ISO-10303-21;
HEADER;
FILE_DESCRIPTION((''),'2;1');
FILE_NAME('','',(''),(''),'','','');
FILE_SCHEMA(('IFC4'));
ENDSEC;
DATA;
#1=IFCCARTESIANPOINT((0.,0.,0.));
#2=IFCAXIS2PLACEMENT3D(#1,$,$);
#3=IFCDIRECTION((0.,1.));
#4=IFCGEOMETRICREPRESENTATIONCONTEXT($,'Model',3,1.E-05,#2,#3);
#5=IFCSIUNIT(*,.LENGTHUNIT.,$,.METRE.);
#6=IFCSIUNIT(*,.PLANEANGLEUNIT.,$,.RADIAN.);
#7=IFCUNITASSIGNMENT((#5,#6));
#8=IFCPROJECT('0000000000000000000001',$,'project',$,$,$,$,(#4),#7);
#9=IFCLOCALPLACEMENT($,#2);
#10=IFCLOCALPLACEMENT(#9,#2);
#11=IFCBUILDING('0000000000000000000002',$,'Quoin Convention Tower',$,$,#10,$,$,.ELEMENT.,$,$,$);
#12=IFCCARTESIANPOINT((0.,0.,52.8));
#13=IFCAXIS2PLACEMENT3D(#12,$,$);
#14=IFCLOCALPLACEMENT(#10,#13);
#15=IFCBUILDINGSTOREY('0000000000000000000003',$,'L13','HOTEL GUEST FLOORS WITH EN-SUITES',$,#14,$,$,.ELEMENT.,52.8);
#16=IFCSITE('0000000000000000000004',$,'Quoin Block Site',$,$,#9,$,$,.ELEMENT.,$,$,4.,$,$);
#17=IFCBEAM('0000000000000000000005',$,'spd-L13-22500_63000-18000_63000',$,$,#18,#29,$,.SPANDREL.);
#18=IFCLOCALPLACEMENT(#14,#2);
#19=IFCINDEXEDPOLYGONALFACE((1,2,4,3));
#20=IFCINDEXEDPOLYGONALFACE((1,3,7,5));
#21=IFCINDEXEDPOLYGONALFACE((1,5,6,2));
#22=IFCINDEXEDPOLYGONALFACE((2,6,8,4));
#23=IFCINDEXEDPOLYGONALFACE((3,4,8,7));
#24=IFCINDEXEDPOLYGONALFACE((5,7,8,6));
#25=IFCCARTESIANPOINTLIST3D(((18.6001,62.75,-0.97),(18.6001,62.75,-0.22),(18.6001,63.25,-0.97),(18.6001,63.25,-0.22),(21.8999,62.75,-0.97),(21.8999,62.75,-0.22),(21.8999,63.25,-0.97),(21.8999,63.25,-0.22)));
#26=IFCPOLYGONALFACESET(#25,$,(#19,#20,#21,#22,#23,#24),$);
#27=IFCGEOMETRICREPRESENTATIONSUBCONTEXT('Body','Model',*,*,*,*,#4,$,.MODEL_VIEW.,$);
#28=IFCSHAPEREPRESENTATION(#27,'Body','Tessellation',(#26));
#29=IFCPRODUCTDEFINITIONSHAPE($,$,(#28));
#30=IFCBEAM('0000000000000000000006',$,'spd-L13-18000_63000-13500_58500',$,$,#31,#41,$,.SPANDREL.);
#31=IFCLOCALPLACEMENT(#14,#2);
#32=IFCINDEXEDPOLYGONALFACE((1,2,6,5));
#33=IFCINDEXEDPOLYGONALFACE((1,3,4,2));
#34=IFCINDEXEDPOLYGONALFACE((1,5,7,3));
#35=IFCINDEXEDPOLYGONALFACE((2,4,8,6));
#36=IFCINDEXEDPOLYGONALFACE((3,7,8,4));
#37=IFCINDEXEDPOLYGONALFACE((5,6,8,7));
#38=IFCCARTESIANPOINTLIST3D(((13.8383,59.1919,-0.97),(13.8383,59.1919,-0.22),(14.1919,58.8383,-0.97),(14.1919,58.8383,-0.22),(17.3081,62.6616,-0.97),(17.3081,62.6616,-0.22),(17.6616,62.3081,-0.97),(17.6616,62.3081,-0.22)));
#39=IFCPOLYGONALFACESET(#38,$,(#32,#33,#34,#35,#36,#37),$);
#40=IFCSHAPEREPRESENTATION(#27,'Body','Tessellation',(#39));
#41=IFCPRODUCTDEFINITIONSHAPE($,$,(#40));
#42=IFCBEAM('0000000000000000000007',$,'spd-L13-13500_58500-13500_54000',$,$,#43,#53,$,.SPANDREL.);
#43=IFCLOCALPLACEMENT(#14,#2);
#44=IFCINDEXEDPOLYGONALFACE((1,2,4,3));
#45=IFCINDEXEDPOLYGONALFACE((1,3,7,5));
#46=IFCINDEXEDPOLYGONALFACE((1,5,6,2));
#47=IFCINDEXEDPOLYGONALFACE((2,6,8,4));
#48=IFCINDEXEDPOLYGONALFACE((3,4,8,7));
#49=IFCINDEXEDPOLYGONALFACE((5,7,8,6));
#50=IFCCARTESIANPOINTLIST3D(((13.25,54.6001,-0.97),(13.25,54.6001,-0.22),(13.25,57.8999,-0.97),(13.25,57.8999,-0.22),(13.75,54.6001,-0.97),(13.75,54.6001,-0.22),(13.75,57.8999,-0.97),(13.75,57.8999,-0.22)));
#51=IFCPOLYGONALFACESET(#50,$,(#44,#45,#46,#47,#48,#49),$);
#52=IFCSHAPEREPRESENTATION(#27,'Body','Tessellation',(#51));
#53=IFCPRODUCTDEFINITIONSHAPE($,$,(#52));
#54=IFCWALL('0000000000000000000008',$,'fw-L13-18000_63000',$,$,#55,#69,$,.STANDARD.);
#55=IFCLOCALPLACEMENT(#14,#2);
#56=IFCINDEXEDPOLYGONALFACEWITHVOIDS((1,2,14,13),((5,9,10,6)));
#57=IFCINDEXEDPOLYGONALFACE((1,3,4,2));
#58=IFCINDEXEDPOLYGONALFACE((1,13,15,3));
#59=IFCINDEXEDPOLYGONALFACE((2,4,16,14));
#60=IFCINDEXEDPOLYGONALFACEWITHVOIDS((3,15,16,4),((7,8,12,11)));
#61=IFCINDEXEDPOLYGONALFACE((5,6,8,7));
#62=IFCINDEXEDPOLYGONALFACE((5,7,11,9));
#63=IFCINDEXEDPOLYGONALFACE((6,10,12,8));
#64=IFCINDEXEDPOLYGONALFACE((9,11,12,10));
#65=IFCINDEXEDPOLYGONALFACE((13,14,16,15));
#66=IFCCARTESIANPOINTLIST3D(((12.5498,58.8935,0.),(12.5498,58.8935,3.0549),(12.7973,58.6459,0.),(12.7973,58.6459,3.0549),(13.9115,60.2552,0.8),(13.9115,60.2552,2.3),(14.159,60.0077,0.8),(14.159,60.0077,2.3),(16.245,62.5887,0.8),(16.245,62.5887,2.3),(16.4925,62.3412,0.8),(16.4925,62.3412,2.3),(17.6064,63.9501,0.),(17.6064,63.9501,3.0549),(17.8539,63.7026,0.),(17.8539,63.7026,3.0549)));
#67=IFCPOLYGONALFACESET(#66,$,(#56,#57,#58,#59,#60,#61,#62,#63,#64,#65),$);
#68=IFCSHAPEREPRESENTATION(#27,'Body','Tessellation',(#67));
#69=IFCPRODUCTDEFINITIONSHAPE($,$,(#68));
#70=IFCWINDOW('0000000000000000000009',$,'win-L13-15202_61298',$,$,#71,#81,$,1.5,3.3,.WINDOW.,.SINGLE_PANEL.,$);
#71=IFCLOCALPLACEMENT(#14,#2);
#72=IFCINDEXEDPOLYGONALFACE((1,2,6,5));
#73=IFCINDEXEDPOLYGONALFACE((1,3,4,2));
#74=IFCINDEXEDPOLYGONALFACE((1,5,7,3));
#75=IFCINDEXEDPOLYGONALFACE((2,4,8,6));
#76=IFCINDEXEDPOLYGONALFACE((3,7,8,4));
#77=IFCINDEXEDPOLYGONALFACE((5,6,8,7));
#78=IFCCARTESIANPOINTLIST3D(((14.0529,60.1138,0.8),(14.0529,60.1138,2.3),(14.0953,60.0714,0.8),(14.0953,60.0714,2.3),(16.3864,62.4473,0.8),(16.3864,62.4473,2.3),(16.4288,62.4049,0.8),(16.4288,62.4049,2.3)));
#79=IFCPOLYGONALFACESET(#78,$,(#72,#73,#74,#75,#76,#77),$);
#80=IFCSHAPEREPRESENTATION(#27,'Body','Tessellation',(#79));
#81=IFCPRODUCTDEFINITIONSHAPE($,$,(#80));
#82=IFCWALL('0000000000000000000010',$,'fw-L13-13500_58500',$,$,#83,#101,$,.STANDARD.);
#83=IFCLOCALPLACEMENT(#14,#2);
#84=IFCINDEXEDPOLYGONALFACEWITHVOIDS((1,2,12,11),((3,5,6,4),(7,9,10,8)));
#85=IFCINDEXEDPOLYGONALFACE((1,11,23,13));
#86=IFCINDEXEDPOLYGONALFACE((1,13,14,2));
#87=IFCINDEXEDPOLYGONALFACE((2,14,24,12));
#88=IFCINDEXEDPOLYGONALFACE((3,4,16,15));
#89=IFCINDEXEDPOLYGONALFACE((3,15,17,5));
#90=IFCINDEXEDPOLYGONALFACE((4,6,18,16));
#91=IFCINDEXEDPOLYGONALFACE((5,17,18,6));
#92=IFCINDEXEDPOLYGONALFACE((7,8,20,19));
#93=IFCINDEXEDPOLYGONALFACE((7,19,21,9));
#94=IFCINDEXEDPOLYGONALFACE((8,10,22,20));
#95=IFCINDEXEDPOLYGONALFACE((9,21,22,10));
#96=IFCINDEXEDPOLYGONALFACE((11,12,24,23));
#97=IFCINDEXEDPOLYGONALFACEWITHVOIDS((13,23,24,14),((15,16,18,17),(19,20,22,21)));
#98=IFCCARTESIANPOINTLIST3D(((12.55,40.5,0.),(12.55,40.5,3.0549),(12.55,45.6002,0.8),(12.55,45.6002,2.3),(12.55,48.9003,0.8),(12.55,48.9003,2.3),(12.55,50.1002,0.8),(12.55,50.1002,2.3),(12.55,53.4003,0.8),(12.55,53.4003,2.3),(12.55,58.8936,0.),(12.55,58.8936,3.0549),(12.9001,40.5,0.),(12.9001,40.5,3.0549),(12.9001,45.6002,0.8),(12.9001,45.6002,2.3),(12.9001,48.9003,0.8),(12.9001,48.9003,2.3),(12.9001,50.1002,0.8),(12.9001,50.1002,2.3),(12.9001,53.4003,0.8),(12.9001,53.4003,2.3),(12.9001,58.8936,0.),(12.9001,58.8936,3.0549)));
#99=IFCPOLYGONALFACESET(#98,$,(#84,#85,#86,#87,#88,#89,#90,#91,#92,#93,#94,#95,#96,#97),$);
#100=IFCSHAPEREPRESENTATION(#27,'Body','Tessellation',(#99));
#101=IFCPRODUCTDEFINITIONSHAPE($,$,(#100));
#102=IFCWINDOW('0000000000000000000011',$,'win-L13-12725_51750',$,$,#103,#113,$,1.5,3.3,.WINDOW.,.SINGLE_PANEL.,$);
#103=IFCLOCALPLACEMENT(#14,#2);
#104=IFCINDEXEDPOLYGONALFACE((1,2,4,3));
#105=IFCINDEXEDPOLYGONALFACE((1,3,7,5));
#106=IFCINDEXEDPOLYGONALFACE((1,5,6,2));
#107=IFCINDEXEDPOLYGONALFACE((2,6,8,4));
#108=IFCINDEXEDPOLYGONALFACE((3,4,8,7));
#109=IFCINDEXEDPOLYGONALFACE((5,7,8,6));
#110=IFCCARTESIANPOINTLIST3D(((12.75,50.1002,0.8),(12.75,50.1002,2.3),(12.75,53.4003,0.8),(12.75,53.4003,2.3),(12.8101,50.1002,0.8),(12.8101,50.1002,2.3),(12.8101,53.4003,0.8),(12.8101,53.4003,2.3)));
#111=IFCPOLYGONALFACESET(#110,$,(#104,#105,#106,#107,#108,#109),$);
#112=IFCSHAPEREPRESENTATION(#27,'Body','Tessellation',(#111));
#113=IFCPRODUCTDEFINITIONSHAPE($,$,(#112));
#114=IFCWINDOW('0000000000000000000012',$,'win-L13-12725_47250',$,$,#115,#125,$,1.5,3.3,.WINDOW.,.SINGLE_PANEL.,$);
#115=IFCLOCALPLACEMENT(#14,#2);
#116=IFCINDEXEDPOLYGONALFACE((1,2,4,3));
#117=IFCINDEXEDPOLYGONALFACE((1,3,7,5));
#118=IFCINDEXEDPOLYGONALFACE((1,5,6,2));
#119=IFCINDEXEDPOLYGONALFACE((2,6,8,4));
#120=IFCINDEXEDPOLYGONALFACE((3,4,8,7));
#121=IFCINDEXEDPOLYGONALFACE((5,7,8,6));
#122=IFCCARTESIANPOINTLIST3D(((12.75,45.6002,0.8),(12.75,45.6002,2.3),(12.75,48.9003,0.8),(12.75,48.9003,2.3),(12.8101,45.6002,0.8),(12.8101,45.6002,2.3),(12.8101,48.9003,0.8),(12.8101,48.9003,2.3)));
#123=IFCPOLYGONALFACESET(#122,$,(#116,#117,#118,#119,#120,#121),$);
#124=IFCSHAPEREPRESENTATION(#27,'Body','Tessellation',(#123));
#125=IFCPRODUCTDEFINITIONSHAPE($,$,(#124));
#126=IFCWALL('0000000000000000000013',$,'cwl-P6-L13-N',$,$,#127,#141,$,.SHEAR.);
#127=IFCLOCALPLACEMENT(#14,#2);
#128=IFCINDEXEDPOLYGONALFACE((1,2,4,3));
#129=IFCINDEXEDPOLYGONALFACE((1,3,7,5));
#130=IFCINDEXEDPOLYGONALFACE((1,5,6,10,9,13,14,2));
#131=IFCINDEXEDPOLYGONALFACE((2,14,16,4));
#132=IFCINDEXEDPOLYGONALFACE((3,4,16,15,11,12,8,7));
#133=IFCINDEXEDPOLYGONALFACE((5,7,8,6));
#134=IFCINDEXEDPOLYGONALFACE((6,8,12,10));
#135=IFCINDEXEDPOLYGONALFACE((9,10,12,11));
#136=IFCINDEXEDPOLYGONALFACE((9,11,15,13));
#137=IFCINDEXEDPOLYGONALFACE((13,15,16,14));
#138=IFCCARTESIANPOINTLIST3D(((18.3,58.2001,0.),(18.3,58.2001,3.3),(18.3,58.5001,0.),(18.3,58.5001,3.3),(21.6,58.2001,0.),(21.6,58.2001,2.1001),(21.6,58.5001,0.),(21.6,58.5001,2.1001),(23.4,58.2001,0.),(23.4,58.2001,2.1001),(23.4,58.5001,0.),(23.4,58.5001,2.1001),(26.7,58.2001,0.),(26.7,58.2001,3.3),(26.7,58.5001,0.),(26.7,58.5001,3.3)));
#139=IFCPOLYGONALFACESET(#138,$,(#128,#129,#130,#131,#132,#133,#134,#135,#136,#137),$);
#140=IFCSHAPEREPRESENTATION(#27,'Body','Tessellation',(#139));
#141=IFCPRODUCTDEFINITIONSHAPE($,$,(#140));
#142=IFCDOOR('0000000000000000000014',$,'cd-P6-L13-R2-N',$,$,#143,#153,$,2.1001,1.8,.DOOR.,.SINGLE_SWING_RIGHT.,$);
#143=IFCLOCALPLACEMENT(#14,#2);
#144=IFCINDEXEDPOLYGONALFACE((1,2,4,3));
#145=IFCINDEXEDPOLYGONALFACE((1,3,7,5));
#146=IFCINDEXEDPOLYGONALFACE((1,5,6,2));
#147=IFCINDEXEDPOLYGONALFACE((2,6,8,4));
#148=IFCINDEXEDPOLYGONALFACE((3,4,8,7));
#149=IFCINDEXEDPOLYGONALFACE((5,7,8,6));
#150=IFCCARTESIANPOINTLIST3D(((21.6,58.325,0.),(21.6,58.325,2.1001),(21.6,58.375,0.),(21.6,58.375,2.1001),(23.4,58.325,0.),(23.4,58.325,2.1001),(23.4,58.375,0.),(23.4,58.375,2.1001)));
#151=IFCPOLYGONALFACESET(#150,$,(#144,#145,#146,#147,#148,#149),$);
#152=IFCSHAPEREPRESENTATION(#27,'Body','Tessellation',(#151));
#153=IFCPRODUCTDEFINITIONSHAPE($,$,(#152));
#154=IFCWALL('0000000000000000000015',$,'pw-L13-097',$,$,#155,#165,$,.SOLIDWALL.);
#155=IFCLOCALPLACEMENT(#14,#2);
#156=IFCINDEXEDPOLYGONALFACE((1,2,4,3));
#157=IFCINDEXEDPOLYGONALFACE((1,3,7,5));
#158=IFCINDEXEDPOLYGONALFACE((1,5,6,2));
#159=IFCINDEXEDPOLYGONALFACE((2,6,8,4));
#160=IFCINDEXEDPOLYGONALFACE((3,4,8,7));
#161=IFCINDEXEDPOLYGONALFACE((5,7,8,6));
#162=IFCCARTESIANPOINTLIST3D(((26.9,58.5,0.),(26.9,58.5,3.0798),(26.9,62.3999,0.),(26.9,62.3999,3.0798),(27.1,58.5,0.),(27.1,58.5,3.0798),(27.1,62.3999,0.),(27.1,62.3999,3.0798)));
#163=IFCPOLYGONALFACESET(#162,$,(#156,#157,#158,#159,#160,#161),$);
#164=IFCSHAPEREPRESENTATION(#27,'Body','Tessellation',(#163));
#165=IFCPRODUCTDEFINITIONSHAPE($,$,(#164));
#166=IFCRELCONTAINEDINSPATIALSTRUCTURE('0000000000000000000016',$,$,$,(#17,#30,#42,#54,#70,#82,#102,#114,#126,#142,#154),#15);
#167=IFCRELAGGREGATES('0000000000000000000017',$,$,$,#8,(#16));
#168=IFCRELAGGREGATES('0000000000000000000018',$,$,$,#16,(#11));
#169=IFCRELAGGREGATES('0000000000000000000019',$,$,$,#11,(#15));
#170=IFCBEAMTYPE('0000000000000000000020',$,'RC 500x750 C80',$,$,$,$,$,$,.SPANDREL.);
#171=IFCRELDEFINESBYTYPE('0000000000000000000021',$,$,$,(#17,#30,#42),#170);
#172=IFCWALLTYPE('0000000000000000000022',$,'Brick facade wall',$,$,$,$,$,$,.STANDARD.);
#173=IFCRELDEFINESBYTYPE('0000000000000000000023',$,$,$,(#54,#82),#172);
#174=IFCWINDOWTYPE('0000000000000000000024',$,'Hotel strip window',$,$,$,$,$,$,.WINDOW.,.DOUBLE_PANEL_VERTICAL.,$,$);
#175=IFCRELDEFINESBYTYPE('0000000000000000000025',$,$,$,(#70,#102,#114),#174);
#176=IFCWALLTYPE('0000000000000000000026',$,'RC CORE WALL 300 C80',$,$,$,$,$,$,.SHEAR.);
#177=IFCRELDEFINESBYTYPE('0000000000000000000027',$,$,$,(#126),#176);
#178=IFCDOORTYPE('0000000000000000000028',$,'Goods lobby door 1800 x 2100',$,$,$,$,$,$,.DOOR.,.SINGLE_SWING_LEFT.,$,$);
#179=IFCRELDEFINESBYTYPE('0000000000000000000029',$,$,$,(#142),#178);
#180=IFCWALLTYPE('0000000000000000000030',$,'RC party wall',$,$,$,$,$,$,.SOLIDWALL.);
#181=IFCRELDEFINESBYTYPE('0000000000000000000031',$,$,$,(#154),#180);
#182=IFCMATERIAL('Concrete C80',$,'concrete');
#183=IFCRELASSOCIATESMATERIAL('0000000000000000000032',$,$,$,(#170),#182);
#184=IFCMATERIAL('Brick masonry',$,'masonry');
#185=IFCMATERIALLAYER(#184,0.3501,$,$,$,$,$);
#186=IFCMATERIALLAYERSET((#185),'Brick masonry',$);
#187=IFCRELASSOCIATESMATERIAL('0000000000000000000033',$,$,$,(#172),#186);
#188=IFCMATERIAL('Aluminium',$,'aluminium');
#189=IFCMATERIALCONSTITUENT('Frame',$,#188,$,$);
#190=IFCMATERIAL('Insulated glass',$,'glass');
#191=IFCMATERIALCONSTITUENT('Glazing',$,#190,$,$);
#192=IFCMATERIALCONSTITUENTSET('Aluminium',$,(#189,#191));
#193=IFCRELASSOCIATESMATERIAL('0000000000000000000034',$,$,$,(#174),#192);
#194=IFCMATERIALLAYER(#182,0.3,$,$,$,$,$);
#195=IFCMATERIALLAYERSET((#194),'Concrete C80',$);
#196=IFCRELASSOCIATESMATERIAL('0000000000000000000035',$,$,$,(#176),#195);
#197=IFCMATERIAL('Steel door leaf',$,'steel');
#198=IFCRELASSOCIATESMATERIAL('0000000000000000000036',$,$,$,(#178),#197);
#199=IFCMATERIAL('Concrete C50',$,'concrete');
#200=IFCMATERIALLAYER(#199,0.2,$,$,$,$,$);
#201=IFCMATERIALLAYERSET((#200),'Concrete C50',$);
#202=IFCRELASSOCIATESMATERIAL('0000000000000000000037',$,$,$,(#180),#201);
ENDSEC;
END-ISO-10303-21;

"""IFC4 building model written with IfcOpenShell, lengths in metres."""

from ifc_helpers import new_model, si_unit, direction, frame, frame_2d, origin, origin_2d, place, context, subcontext, project, spatial, rectangle, extrude, material, layer, layer_set, constituent, constituent_set, material_profile, profile_set, type_object, element, fill, save


model = new_model("IFC4")

# Units and contexts
model_context = context("Model", 3, precision=1e-05, world=origin(), true_north=direction((0.0, 1.0)))
body_context = subcontext(model_context, "Body", "Model", "MODEL_VIEW")
ifc_project = project(units=[si_unit("LENGTHUNIT", "METRE"), si_unit("PLANEANGLEUNIT", "RADIAN")], contexts=[model_context])

# Site, building, storey
site_placement = place(None, origin())
site = spatial("IfcSite", under=ifc_project, at=site_placement, Name="Quoin Block Site", CompositionType="ELEMENT", RefElevation=4.0)
building_placement = place(site_placement, origin())
building = spatial("IfcBuilding", under=site, at=building_placement, Name="Quoin Convention Tower", CompositionType="ELEMENT")
storey_placement = place(building_placement, frame((0.0, 0.0, 52.8)))
storey = spatial("IfcBuildingStorey", under=building, at=storey_placement, Name="L13", Description="HOTEL GUEST FLOORS WITH EN-SUITES", CompositionType="ELEMENT", Elevation=52.8)

# Shared definitions
ifc_material_1 = material(Name="Concrete C80", Category="concrete")

# Beams
ifc_material_profile_1 = material_profile(ifc_material_1, rectangle(XDim=0.5, YDim=0.75, at=origin_2d()), Name="RC 500x750")
ifc_profile_set_1 = profile_set([ifc_material_profile_1], Name="Concrete C80")
beam_type = type_object("IfcBeamType", Name="RC 500x750 C80", PredefinedType="SPANDREL", material=ifc_profile_set_1)
for number, where, z_axis, x_axis, name in (
    (1, (21.8999, 63.0, -0.595), (-1.0, 0.0, 0.0), (0.0, -1.0, 0.0), "spd-L13-22500_63000-18000_63000"),
):
    element("IfcBeam", number, at=place(storey_placement, frame(where, z_axis=z_axis, x_axis=x_axis)), inside=storey, type_object=beam_type, Name=name, PredefinedType="SPANDREL", context=body_context, shape_type="SweptSolid", body=[
        extrude(rectangle(XDim=0.5, YDim=0.75, at=origin_2d()), origin(), (0.0, 0.0, 1.0), 3.2998),
    ])
beam_1_placement = place(storey_placement, frame((17.4849, 62.4849, -0.595), z_axis=(-0.707107, -0.707107, 0.0), x_axis=(0.707107, -0.707107, 0.0)))
element("IfcBeam", 2, at=beam_1_placement, inside=storey, type_object=beam_type, Name="spd-L13-18000_63000-13500_58500", PredefinedType="SPANDREL", context=body_context, shape_type="SweptSolid", body=[
    extrude(rectangle(XDim=0.5, YDim=0.75, at=origin_2d()), origin(), (0.0, 0.0, 1.0), 4.907),
])
beam_2_placement = place(storey_placement, frame((13.5, 57.8999, -0.595), z_axis=(0.0, -1.0, 0.0), x_axis=(1.0, 0.0, 0.0)))
element("IfcBeam", 3, at=beam_2_placement, inside=storey, type_object=beam_type, Name="spd-L13-13500_58500-13500_54000", PredefinedType="SPANDREL", context=body_context, shape_type="SweptSolid", body=[
    extrude(rectangle(XDim=0.5, YDim=0.75, at=origin_2d()), origin(), (0.0, 0.0, 1.0), 3.2998),
])

# Wall, opening, window
ifc_material_2 = material(Name="Brick masonry", Category="masonry")
ifc_layer_1 = layer(ifc_material_2, 0.3501)
ifc_layer_set_1 = layer_set([ifc_layer_1], Name="Brick masonry")
wall_type_1 = type_object("IfcWallType", Name="Brick facade wall", PredefinedType="STANDARD", material=ifc_layer_set_1)
wall_1_placement = place(storey_placement, frame((17.7302, 63.8264, 0.0), z_axis=(0.0, 0.0, 1.0), x_axis=(-0.707107, -0.707107, 0.0)))
wall_1 = element("IfcWall", 4, at=wall_1_placement, inside=storey, type_object=wall_type_1, Name="fw-L13-18000_63000", PredefinedType="STANDARD", context=body_context, shape_type="SweptSolid", body=[
    extrude(rectangle(XDim=7.1511, YDim=0.3501, at=frame_2d((3.5757, 0.0))), origin(), (0.0, 0.0, 1.0), 3.0549),
])
opening_1_placement = place(wall_1_placement, frame((1.9255, 0.0, 0.8)))
opening_1 = element("IfcOpeningElement", 5, at=opening_1_placement, cuts=wall_1, PredefinedType="OPENING", context=body_context, shape_type="SweptSolid", body=[
    extrude(rectangle(XDim=3.3, YDim=1.5, at=frame_2d((1.6499, 0.75))), frame((0.0, 0.1851, 0.0), z_axis=(0.0, -1.0, 0.0), x_axis=(1.0, 0.0, 0.0)), (0.0, 0.0, 1.0), 0.3701),
])
ifc_material_3 = material(Name="Aluminium", Category="aluminium")
ifc_constituent_1 = constituent(ifc_material_3, Name="Frame")
ifc_material_4 = material(Name="Insulated glass", Category="glass")
ifc_constituent_2 = constituent(ifc_material_4, Name="Glazing")
ifc_constituent_set = constituent_set(constituents=[ifc_constituent_1, ifc_constituent_2], Name="Aluminium")
window_type = type_object("IfcWindowType", Name="Hotel strip window", PartitioningType="DOUBLE_PANEL_VERTICAL", PredefinedType="WINDOW", material=ifc_constituent_set)
window_1_placement = place(opening_1_placement, origin())
window_1 = element("IfcWindow", 6, at=window_1_placement, inside=storey, type_object=window_type, Name="win-L13-15202_61298", OverallHeight=1.5, OverallWidth=3.3, PartitioningType="SINGLE_PANEL", PredefinedType="WINDOW", context=body_context, shape_type="SweptSolid", body=[
    extrude(rectangle(XDim=3.3, YDim=1.5, at=frame_2d((1.6499, 0.75))), frame((0.0, 0.085, 0.0), z_axis=(0.0, -1.0, 0.0), x_axis=(1.0, 0.0, 0.0)), (0.0, 0.0, 1.0), 0.0601),
])
fill(opening_1, window_1)

# Wall, openings, windows
wall_2_placement = place(storey_placement, frame((12.7251, 58.8936, 0.0), z_axis=(0.0, 0.0, 1.0), x_axis=(0.0, -1.0, 0.0)))
wall_2 = element("IfcWall", 7, at=wall_2_placement, inside=storey, type_object=wall_type_1, Name="fw-L13-13500_58500", PredefinedType="STANDARD", context=body_context, shape_type="SweptSolid", body=[
    extrude(rectangle(XDim=18.3936, YDim=0.3501, at=frame_2d((9.1968, 0.0))), origin(), (0.0, 0.0, 1.0), 3.0549),
])
opening_2_placement = place(wall_2_placement, frame((5.4934, 0.0, 0.8)))
opening_2 = element("IfcOpeningElement", 8, at=opening_2_placement, cuts=wall_2, PredefinedType="OPENING", context=body_context, shape_type="SweptSolid", body=[
    extrude(rectangle(XDim=3.3, YDim=1.5, at=frame_2d((1.6499, 0.75))), frame((0.0, 0.1851, 0.0), z_axis=(0.0, -1.0, 0.0), x_axis=(1.0, 0.0, 0.0)), (0.0, 0.0, 1.0), 0.3701),
])
opening_3_placement = place(wall_2_placement, frame((9.9934, 0.0, 0.8)))
opening_3 = element("IfcOpeningElement", 9, at=opening_3_placement, cuts=wall_2, PredefinedType="OPENING", context=body_context, shape_type="SweptSolid", body=[
    extrude(rectangle(XDim=3.3, YDim=1.5, at=frame_2d((1.6499, 0.75))), frame((0.0, 0.1851, 0.0), z_axis=(0.0, -1.0, 0.0), x_axis=(1.0, 0.0, 0.0)), (0.0, 0.0, 1.0), 0.3701),
])
window_2_placement = place(opening_2_placement, origin())
window_2 = element("IfcWindow", 10, at=window_2_placement, inside=storey, type_object=window_type, Name="win-L13-12725_51750", OverallHeight=1.5, OverallWidth=3.3, PartitioningType="SINGLE_PANEL", PredefinedType="WINDOW", context=body_context, shape_type="SweptSolid", body=[
    extrude(rectangle(XDim=3.3, YDim=1.5, at=frame_2d((1.6499, 0.75))), frame((0.0, 0.085, 0.0), z_axis=(0.0, -1.0, 0.0), x_axis=(1.0, 0.0, 0.0)), (0.0, 0.0, 1.0), 0.0601),
])
fill(opening_2, window_2)
window_3_placement = place(opening_3_placement, origin())
window_3 = element("IfcWindow", 11, at=window_3_placement, inside=storey, type_object=window_type, Name="win-L13-12725_47250", OverallHeight=1.5, OverallWidth=3.3, PartitioningType="SINGLE_PANEL", PredefinedType="WINDOW", context=body_context, shape_type="SweptSolid", body=[
    extrude(rectangle(XDim=3.3, YDim=1.5, at=frame_2d((1.6499, 0.75))), frame((0.0, 0.085, 0.0), z_axis=(0.0, -1.0, 0.0), x_axis=(1.0, 0.0, 0.0)), (0.0, 0.0, 1.0), 0.0601),
])
fill(opening_3, window_3)

# Wall, opening, door
ifc_layer_2 = layer(ifc_material_1, 0.3)
ifc_layer_set_2 = layer_set([ifc_layer_2], Name="Concrete C80")
wall_type_2 = type_object("IfcWallType", Name="RC CORE WALL 300 C80", PredefinedType="SHEAR", material=ifc_layer_set_2)
wall_3_placement = place(storey_placement, frame((18.3, 58.3501, 0.0), z_axis=(0.0, 0.0, 1.0), x_axis=(1.0, 0.0, 0.0)))
wall_3 = element("IfcWall", 12, at=wall_3_placement, inside=storey, type_object=wall_type_2, Name="cwl-P6-L13-N", PredefinedType="SHEAR", context=body_context, shape_type="SweptSolid", body=[
    extrude(rectangle(XDim=8.3999, YDim=0.3, at=frame_2d((4.2, 0.0))), origin(), (0.0, 0.0, 1.0), 3.3),
])
opening_4_placement = place(wall_3_placement, frame((3.3, 0.0, 0.0)))
opening_4 = element("IfcOpeningElement", 13, at=opening_4_placement, cuts=wall_3, PredefinedType="OPENING", context=body_context, shape_type="SweptSolid", body=[
    extrude(rectangle(XDim=1.8, YDim=2.1001, at=frame_2d((0.8999, 1.05))), frame((0.0, 0.1599, 0.0), z_axis=(0.0, -1.0, 0.0), x_axis=(1.0, 0.0, 0.0)), (0.0, 0.0, 1.0), 0.3201),
])
ifc_material_5 = material(Name="Steel door leaf", Category="steel")
door_type = type_object("IfcDoorType", Name="Goods lobby door 1800 x 2100", OperationType="SINGLE_SWING_LEFT", PredefinedType="DOOR", material=ifc_material_5)
door_placement = place(opening_4_placement, origin())
door = element("IfcDoor", 14, at=door_placement, inside=storey, type_object=door_type, Name="cd-P6-L13-R2-N", OperationType="SINGLE_SWING_RIGHT", OverallHeight=2.1001, OverallWidth=1.8, PredefinedType="DOOR", context=body_context, shape_type="SweptSolid", body=[
    extrude(rectangle(XDim=1.8, YDim=2.1001, at=frame_2d((0.8999, 1.05))), frame((0.0, 0.0249, 0.0), z_axis=(0.0, -1.0, 0.0), x_axis=(1.0, 0.0, 0.0)), (0.0, 0.0, 1.0), 0.05),
])
fill(opening_4, door)

# Wall
ifc_material_6 = material(Name="Concrete C50", Category="concrete")
ifc_layer_3 = layer(ifc_material_6, 0.2)
ifc_layer_set_3 = layer_set([ifc_layer_3], Name="Concrete C50")
wall_type_3 = type_object("IfcWallType", Name="RC party wall", PredefinedType="SOLIDWALL", material=ifc_layer_set_3)
wall_4_placement = place(storey_placement, frame((27.0, 58.5, 0.0), z_axis=(0.0, 0.0, 1.0), x_axis=(0.0, 1.0, 0.0)))
element("IfcWall", 15, at=wall_4_placement, inside=storey, type_object=wall_type_3, Name="pw-L13-097", PredefinedType="SOLIDWALL", context=body_context, shape_type="SweptSolid", body=[
    extrude(rectangle(XDim=3.8999, YDim=0.2, at=frame_2d((1.95, 0.0))), origin(), (0.0, 0.0, 1.0), 3.0798),
])

save(model, "model.ifc")
